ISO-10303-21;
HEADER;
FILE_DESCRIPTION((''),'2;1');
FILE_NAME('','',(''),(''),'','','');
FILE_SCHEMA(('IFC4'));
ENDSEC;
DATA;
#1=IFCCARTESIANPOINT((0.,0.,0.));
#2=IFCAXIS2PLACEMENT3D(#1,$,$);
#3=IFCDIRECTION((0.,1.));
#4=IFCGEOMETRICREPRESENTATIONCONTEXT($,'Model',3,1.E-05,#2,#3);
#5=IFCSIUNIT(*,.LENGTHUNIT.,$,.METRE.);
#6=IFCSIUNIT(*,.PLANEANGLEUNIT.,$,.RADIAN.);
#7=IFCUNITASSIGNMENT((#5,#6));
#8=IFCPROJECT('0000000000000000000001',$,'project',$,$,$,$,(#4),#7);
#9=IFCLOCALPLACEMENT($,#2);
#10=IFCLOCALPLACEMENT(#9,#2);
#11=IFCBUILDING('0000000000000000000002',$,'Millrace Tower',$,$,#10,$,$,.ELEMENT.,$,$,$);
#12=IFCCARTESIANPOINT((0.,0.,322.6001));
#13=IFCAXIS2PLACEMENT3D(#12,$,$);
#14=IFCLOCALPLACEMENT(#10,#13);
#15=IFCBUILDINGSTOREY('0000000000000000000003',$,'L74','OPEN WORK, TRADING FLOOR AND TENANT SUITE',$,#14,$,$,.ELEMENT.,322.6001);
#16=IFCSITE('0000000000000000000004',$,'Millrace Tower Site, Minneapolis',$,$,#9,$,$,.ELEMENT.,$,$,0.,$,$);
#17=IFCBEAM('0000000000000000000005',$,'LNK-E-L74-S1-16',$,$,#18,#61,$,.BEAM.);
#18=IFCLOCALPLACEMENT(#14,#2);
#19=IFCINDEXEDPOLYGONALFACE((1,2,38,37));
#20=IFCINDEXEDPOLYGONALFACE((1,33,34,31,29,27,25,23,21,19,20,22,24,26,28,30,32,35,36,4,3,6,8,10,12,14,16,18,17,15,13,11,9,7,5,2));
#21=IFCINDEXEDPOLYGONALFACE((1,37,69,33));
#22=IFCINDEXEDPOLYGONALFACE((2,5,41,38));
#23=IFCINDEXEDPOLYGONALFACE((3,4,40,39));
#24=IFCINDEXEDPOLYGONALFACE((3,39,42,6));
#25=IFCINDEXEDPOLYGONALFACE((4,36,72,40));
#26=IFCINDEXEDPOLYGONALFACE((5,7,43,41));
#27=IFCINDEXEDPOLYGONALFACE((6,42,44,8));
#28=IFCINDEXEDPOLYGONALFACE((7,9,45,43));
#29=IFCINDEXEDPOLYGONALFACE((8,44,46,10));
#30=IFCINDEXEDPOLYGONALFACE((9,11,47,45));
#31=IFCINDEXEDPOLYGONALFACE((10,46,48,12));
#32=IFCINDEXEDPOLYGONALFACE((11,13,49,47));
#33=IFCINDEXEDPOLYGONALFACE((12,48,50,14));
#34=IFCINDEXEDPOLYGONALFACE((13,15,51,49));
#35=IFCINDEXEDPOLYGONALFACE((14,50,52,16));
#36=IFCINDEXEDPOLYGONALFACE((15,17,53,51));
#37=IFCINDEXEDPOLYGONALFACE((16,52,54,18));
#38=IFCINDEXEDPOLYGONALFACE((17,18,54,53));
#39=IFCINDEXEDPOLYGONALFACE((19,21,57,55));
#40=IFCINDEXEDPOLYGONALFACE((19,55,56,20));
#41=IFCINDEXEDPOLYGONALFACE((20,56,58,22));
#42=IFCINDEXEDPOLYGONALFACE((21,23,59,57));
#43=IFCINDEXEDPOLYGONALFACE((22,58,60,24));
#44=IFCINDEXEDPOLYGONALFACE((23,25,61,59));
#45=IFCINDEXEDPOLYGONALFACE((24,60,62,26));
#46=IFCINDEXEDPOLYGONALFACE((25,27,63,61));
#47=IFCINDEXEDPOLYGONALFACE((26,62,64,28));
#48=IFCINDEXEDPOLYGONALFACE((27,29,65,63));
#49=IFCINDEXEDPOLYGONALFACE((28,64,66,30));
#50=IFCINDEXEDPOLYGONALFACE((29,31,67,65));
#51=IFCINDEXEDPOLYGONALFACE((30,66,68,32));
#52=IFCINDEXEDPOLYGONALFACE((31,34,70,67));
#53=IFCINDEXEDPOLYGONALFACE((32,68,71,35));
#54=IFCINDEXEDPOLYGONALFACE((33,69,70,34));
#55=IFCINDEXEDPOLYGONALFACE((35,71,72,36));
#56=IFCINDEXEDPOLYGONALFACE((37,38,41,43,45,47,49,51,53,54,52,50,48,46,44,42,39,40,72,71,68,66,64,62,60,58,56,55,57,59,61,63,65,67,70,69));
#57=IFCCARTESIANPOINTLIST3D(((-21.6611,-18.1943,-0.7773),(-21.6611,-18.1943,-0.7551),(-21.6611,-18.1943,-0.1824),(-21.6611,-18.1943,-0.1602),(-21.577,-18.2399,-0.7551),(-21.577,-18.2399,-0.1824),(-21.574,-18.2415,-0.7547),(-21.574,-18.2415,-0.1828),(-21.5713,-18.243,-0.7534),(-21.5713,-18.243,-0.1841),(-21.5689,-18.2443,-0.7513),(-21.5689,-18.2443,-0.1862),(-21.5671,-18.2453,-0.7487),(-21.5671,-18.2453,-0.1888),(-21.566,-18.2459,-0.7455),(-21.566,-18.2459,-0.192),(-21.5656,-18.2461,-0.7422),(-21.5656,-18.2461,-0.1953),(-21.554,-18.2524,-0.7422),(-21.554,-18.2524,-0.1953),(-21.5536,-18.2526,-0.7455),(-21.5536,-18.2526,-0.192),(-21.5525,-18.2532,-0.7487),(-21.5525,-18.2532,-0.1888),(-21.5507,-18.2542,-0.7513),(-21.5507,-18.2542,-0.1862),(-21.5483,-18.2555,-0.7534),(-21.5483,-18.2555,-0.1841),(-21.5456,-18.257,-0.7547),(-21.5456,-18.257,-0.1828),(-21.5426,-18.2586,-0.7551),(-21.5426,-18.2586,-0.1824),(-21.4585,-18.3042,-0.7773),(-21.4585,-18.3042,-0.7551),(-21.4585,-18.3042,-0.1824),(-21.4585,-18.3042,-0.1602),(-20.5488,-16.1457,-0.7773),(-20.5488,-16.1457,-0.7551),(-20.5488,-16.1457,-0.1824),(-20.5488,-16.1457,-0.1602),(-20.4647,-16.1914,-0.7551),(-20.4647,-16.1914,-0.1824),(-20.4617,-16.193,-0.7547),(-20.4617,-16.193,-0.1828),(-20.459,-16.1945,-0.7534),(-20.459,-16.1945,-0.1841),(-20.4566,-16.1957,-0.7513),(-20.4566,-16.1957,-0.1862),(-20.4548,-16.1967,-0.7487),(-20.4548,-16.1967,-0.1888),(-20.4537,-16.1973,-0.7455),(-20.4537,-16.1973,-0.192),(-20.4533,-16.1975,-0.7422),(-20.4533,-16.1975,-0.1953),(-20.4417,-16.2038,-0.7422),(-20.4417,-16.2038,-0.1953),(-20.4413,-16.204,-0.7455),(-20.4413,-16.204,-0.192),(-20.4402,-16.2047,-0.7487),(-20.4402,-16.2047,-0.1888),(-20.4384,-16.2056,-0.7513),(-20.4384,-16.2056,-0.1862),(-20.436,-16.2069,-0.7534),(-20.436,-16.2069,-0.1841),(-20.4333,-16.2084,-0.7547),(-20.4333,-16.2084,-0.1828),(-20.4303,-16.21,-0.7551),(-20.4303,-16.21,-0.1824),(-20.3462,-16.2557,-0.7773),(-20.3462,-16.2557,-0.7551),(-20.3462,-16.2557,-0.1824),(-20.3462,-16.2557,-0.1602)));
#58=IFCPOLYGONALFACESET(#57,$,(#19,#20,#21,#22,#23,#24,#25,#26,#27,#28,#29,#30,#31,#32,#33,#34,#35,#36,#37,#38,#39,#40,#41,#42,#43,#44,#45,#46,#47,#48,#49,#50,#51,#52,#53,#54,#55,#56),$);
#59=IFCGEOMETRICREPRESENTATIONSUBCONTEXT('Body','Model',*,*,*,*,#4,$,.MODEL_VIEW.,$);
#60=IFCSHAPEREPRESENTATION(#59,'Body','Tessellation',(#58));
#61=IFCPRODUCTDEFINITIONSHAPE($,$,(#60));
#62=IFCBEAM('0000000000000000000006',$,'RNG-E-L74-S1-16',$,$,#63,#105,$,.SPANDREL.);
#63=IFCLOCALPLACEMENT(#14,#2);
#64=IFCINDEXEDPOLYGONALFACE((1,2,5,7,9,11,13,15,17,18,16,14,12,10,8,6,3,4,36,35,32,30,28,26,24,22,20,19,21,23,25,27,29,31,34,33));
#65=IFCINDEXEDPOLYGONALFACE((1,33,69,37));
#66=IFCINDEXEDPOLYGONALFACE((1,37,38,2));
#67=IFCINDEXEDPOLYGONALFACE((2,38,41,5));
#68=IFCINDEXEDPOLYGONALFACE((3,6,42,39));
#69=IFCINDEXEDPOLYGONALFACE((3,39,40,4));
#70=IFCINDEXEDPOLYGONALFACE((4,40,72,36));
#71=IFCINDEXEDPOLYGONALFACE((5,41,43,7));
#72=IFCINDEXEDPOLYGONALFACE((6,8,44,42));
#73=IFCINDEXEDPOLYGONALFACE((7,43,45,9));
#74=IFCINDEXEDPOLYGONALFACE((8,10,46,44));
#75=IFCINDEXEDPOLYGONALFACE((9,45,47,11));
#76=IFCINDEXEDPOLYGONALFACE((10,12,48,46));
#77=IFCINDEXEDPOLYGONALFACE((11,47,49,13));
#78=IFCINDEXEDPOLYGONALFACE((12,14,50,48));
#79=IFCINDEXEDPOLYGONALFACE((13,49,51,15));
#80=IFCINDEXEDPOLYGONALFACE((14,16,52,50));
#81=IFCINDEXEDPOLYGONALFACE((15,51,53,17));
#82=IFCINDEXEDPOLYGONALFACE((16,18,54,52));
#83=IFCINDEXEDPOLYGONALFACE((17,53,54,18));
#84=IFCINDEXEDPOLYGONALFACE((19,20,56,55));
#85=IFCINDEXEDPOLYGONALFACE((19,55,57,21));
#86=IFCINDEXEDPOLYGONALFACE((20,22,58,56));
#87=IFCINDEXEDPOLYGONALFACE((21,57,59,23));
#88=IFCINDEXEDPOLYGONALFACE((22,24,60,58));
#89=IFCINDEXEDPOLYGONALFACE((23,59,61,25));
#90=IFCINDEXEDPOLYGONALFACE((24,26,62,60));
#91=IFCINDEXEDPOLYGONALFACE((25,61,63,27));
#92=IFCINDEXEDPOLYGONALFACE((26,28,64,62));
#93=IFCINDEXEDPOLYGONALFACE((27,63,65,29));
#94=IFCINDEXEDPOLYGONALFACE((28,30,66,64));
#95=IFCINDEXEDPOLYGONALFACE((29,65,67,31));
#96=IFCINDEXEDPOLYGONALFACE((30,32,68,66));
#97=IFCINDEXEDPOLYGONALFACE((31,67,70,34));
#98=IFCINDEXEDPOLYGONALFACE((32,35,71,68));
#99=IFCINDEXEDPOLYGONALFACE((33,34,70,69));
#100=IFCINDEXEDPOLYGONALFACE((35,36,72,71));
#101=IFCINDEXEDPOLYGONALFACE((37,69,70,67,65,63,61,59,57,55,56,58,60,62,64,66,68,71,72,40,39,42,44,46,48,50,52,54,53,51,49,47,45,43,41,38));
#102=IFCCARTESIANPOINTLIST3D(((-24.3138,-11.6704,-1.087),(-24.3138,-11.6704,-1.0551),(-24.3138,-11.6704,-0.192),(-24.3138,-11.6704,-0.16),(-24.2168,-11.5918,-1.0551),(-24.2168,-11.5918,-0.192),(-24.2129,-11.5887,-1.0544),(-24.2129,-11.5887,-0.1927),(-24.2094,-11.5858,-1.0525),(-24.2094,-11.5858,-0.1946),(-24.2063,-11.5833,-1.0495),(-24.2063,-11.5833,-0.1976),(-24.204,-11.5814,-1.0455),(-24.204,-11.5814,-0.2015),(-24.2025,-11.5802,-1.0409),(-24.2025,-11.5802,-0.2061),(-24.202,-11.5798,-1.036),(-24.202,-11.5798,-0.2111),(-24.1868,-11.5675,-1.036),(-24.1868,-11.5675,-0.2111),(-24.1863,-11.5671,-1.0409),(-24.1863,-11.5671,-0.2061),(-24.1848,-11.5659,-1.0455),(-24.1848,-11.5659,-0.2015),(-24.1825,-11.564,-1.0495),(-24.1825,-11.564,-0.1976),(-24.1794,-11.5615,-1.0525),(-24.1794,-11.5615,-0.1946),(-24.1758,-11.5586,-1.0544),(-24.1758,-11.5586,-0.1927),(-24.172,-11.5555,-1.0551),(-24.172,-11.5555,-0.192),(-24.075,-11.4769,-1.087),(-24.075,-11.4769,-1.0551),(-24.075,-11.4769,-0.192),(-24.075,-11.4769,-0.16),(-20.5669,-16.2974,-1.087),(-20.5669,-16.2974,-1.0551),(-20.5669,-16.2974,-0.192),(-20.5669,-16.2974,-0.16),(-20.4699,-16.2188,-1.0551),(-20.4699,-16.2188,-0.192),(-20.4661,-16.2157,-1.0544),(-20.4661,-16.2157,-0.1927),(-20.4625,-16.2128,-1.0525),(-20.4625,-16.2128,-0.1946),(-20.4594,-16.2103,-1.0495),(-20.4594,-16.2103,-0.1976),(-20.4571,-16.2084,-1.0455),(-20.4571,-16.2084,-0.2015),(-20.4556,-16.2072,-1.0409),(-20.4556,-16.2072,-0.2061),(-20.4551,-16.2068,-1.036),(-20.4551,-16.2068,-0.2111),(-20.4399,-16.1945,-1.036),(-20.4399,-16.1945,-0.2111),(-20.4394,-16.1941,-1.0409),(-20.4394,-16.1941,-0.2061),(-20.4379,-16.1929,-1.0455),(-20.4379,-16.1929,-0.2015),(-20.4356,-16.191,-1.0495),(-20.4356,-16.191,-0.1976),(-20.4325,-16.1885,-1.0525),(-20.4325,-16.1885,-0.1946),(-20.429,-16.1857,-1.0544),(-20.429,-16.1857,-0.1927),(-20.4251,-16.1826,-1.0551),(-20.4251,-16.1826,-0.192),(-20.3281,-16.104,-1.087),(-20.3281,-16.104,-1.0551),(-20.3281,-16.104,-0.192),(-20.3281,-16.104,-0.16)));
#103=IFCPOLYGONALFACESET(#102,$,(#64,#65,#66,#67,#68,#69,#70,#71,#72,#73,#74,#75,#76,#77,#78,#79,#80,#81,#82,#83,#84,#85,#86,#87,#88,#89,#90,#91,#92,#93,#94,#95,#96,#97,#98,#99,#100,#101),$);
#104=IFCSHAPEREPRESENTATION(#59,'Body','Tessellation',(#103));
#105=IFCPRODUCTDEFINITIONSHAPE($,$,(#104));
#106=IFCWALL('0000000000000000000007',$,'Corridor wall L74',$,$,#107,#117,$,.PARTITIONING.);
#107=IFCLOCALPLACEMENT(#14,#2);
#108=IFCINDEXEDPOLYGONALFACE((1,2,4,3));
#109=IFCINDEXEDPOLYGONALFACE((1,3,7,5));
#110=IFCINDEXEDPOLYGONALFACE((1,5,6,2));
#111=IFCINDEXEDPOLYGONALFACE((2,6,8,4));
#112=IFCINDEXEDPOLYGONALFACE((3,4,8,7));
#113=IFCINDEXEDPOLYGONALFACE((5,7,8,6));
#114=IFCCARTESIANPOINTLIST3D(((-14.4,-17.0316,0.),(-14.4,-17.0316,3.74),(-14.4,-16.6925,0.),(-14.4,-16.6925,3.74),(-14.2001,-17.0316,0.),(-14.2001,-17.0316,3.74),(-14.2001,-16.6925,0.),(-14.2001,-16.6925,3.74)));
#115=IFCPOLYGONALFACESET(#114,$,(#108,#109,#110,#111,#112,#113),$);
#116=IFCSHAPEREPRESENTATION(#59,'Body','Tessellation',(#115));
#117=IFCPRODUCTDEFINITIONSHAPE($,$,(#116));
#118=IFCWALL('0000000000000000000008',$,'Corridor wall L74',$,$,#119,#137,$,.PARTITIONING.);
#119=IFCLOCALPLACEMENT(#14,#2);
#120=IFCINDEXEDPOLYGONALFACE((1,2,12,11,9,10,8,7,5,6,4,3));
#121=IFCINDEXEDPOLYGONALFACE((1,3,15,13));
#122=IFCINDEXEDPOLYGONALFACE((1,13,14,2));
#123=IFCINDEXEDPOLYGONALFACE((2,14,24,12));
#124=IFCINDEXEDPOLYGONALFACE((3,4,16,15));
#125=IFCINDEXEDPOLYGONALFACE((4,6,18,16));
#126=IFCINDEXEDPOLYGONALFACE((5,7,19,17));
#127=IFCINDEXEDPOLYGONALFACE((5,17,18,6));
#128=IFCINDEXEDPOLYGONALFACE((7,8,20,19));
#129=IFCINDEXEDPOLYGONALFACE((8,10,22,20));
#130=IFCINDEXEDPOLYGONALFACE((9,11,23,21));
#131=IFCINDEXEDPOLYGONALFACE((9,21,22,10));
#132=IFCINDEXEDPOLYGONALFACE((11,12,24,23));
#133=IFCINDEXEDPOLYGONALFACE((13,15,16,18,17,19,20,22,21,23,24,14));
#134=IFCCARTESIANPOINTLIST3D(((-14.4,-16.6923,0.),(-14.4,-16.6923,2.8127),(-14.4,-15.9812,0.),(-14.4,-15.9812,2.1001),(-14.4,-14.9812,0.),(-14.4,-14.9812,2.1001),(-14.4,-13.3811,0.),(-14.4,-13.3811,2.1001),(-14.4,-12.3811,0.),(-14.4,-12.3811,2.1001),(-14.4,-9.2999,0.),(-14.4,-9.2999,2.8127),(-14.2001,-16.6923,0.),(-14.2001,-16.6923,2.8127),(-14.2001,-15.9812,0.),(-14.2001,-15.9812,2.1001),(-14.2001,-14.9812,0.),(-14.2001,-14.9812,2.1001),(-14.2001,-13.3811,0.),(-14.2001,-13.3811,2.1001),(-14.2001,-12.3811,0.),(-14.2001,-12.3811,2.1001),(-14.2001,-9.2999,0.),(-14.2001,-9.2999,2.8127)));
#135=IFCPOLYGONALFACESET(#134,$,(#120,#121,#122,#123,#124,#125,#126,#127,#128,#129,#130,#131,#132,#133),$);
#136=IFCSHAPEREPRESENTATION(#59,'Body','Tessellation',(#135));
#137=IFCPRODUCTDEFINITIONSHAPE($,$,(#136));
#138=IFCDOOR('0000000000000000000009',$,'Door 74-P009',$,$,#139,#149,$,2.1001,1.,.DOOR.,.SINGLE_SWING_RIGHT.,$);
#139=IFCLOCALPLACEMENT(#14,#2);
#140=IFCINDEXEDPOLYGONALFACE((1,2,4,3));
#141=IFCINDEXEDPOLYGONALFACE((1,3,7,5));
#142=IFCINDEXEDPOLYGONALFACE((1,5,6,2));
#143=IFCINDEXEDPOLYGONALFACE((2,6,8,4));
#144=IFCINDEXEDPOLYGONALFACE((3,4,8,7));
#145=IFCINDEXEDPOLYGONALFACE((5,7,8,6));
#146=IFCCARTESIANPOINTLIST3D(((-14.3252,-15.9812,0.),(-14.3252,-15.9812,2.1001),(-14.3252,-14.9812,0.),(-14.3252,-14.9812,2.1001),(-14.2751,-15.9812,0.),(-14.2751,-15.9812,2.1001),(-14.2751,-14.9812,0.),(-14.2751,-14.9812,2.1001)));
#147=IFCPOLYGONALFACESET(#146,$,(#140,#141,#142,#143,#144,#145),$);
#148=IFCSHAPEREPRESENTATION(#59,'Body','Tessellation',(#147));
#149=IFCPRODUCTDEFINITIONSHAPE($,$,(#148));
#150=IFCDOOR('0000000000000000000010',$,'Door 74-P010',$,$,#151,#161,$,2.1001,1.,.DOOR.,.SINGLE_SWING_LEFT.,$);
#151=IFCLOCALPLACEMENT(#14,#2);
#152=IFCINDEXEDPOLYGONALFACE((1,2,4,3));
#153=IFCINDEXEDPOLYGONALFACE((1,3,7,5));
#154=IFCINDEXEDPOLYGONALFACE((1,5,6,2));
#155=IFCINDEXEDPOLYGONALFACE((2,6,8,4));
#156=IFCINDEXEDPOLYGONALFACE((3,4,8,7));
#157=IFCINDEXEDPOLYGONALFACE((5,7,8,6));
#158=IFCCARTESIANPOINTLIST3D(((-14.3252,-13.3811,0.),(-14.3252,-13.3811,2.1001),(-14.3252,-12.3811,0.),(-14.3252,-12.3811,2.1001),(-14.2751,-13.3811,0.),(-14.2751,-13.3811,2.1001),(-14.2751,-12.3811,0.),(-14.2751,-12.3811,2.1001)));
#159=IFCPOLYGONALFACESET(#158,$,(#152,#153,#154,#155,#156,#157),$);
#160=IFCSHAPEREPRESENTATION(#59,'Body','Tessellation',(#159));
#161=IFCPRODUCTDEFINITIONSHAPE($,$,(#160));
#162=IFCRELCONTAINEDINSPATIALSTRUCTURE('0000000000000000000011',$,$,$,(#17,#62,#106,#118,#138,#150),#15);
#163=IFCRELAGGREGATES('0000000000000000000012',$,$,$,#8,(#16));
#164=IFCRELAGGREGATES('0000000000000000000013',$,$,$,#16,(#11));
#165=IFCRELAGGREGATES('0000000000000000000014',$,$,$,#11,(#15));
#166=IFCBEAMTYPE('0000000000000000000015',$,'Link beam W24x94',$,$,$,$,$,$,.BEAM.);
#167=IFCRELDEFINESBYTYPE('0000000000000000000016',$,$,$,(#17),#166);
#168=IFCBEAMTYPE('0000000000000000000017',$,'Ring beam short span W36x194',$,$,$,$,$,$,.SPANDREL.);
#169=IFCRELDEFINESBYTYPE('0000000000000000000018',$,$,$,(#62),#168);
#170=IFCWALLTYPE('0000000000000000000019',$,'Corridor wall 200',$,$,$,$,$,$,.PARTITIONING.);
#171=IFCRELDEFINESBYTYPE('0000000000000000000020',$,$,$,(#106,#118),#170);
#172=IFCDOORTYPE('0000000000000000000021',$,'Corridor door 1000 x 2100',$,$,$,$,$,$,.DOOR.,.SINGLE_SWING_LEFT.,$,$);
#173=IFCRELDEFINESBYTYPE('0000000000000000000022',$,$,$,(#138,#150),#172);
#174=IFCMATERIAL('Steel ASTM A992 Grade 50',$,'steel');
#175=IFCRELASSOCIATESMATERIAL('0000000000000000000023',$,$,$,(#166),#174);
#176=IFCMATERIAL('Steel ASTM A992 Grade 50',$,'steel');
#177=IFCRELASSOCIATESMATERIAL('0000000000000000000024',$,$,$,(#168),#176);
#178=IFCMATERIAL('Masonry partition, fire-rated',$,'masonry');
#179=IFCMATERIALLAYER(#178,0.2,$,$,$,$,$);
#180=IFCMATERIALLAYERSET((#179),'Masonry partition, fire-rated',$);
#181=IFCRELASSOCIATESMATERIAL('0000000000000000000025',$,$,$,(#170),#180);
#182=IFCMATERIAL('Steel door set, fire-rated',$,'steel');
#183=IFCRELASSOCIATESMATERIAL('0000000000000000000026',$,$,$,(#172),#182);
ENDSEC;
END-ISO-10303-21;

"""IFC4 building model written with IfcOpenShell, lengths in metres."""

from ifc_helpers import new_model, si_unit, direction, frame, frame_2d, origin, origin_2d, place, context, subcontext, project, spatial, rectangle, i_section, extrude, material, layer, layer_set, material_profile, profile_set, type_object, element, fill, save


model = new_model("IFC4")

# Units and contexts
model_context = context("Model", 3, precision=1e-05, world=origin(), true_north=direction((0.0, 1.0)))
body_context = subcontext(model_context, "Body", "Model", "MODEL_VIEW")
ifc_project = project(units=[si_unit("LENGTHUNIT", "METRE"), si_unit("PLANEANGLEUNIT", "RADIAN")], contexts=[model_context])

# Site, building, storey
site_placement = place(None, origin())
site = spatial("IfcSite", under=ifc_project, at=site_placement, Name="Millrace Tower Site, Minneapolis", CompositionType="ELEMENT", RefElevation=0.0)
building_placement = place(site_placement, origin())
building = spatial("IfcBuilding", under=site, at=building_placement, Name="Millrace Tower", CompositionType="ELEMENT")
storey_placement = place(building_placement, frame((0.0, 0.0, 322.6001)))
storey = spatial("IfcBuildingStorey", under=building, at=storey_placement, Name="L74", Description="OPEN WORK, TRADING FLOOR AND TENANT SUITE", CompositionType="ELEMENT", Elevation=322.6001)

# Beams
ifc_material_1 = material(Name="Steel ASTM A992 Grade 50", Category="steel")
ifc_material_profile_1 = material_profile(ifc_material_1, i_section(OverallWidth=0.2305, OverallDepth=0.6172, WebThickness=0.0132, FlangeThickness=0.0222, FilletRadius=0.0129, at=origin_2d()))
ifc_profile_set_1 = profile_set([ifc_material_profile_1], Name="Steel ASTM A992 Grade 50")
beam_type_1 = type_object("IfcBeamType", Name="Link beam W24x94", PredefinedType="BEAM", material=ifc_profile_set_1)
beam_1_placement = place(storey_placement, frame((-20.4475, -16.2007, -0.4688), z_axis=(-0.477164, -0.878815, 0.0), x_axis=(0.878815, -0.477164, 0.0)))
element("IfcBeam", 1, at=beam_1_placement, inside=storey, type_object=beam_type_1, Name="LNK-E-L74-S1-16", PredefinedType="BEAM", context=body_context, shape_type="SweptSolid", body=[
    extrude(i_section(OverallWidth=0.2305, OverallDepth=0.6172, WebThickness=0.0132, FlangeThickness=0.0222, FilletRadius=0.0129, at=origin_2d()), origin(), (0.0, 0.0, 1.0), 2.3311),
])
ifc_material_2 = material(Name="Steel ASTM A992 Grade 50", Category="steel")
ifc_material_profile_2 = material_profile(ifc_material_2, i_section(OverallWidth=0.3074, OverallDepth=0.927, WebThickness=0.0195, FlangeThickness=0.032, FilletRadius=0.019, at=origin_2d()))
ifc_profile_set_2 = profile_set([ifc_material_profile_2], Name="Steel ASTM A992 Grade 50")
beam_type_2 = type_object("IfcBeamType", Name="Ring beam short span W36x194", PredefinedType="SPANDREL", material=ifc_profile_set_2)
beam_2_placement = place(storey_placement, frame((-20.4475, -16.2007, -0.6235), z_axis=(-0.62932, 0.777147, 0.0), x_axis=(-0.777147, -0.62932, 0.0)))
element("IfcBeam", 2, at=beam_2_placement, inside=storey, type_object=beam_type_2, Name="RNG-E-L74-S1-16", PredefinedType="SPANDREL", context=body_context, shape_type="SweptSolid", body=[
    extrude(i_section(OverallWidth=0.3074, OverallDepth=0.927, WebThickness=0.0195, FlangeThickness=0.032, FilletRadius=0.019, at=origin_2d()), origin(), (0.0, 0.0, 1.0), 5.9539),
])

# Wall
ifc_material_3 = material(Name="Masonry partition, fire-rated", Category="masonry")
ifc_layer_1 = layer(ifc_material_3, 0.2)
ifc_layer_set_1 = layer_set([ifc_layer_1], Name="Masonry partition, fire-rated")
wall_type_1 = type_object("IfcWallType", Name="Corridor wall 200", PredefinedType="PARTITIONING", material=ifc_layer_set_1)
wall_1_placement = place(storey_placement, frame((-14.3, -17.0315, 0.0), z_axis=(0.0, 0.0, 1.0), x_axis=(0.0, 1.0, 0.0)))
element("IfcWall", 3, at=wall_1_placement, inside=storey, type_object=wall_type_1, Name="Corridor wall L74", PredefinedType="PARTITIONING", context=body_context, shape_type="SweptSolid", body=[
    extrude(rectangle(XDim=0.3391, YDim=0.2, at=frame_2d((0.1694, 0.0))), origin(), (0.0, 0.0, 1.0), 3.74),
])

# Wall, openings, doors
wall_2_placement = place(storey_placement, frame((-14.3, -16.6924, 0.0), z_axis=(0.0, 0.0, 1.0), x_axis=(0.0, 1.0, 0.0)))
wall_2 = element("IfcWall", 4, at=wall_2_placement, inside=storey, type_object=wall_type_1, Name="Corridor wall L74", PredefinedType="PARTITIONING", context=body_context, shape_type="SweptSolid", body=[
    extrude(rectangle(XDim=7.3923, YDim=0.2, at=frame_2d((3.6963, 0.0))), origin(), (0.0, 0.0, 1.0), 2.8127),
])
opening_1_placement = place(wall_2_placement, frame((0.7112, 0.0, 0.0)))
opening_1 = element("IfcOpeningElement", 5, at=opening_1_placement, cuts=wall_2, PredefinedType="OPENING", context=body_context, shape_type="SweptSolid", body=[
    extrude(rectangle(XDim=1.0, YDim=2.1001, at=frame_2d((0.5, 1.05))), frame((0.0, 0.1099, 0.0), z_axis=(0.0, -1.0, 0.0), x_axis=(1.0, 0.0, 0.0)), (0.0, 0.0, 1.0), 0.22),
])
opening_2_placement = place(wall_2_placement, frame((3.3113, 0.0, 0.0)))
opening_2 = element("IfcOpeningElement", 6, at=opening_2_placement, cuts=wall_2, PredefinedType="OPENING", context=body_context, shape_type="SweptSolid", body=[
    extrude(rectangle(XDim=1.0, YDim=2.1001, at=frame_2d((0.5, 1.05))), frame((0.0, 0.1099, 0.0), z_axis=(0.0, -1.0, 0.0), x_axis=(1.0, 0.0, 0.0)), (0.0, 0.0, 1.0), 0.22),
])
ifc_material_4 = material(Name="Steel door set, fire-rated", Category="steel")
door_type_1 = type_object("IfcDoorType", Name="Corridor door 1000 x 2100", OperationType="SINGLE_SWING_LEFT", PredefinedType="DOOR", material=ifc_material_4)
door_1_placement = place(opening_1_placement, frame((1.0, 0.0, 0.0), z_axis=(0.0, 0.0, 1.0), x_axis=(-1.0, 0.0, 0.0)))
door_1 = element("IfcDoor", 7, at=door_1_placement, inside=storey, type_object=door_type_1, Name="Door 74-P009", OperationType="SINGLE_SWING_RIGHT", OverallHeight=2.1001, OverallWidth=1.0, PredefinedType="DOOR", context=body_context, shape_type="SweptSolid", body=[
    extrude(rectangle(XDim=1.0, YDim=2.1001, at=frame_2d((0.5, 1.05))), frame((0.0, 0.0249, 0.0), z_axis=(0.0, -1.0, 0.0), x_axis=(1.0, 0.0, 0.0)), (0.0, 0.0, 1.0), 0.05),
])
fill(opening_1, door_1)
door_2_placement = place(opening_2_placement, frame((1.0, 0.0, 0.0), z_axis=(0.0, 0.0, 1.0), x_axis=(-1.0, 0.0, 0.0)))
door_2 = element("IfcDoor", 8, at=door_2_placement, inside=storey, type_object=door_type_1, Name="Door 74-P010", OperationType="SINGLE_SWING_LEFT", OverallHeight=2.1001, OverallWidth=1.0, PredefinedType="DOOR", context=body_context, shape_type="SweptSolid", body=[
    extrude(rectangle(XDim=1.0, YDim=2.1001, at=frame_2d((0.5, 1.05))), frame((0.0, 0.0249, 0.0), z_axis=(0.0, -1.0, 0.0), x_axis=(1.0, 0.0, 0.0)), (0.0, 0.0, 1.0), 0.05),
])
fill(opening_2, door_2)

save(model, "model.ifc")
